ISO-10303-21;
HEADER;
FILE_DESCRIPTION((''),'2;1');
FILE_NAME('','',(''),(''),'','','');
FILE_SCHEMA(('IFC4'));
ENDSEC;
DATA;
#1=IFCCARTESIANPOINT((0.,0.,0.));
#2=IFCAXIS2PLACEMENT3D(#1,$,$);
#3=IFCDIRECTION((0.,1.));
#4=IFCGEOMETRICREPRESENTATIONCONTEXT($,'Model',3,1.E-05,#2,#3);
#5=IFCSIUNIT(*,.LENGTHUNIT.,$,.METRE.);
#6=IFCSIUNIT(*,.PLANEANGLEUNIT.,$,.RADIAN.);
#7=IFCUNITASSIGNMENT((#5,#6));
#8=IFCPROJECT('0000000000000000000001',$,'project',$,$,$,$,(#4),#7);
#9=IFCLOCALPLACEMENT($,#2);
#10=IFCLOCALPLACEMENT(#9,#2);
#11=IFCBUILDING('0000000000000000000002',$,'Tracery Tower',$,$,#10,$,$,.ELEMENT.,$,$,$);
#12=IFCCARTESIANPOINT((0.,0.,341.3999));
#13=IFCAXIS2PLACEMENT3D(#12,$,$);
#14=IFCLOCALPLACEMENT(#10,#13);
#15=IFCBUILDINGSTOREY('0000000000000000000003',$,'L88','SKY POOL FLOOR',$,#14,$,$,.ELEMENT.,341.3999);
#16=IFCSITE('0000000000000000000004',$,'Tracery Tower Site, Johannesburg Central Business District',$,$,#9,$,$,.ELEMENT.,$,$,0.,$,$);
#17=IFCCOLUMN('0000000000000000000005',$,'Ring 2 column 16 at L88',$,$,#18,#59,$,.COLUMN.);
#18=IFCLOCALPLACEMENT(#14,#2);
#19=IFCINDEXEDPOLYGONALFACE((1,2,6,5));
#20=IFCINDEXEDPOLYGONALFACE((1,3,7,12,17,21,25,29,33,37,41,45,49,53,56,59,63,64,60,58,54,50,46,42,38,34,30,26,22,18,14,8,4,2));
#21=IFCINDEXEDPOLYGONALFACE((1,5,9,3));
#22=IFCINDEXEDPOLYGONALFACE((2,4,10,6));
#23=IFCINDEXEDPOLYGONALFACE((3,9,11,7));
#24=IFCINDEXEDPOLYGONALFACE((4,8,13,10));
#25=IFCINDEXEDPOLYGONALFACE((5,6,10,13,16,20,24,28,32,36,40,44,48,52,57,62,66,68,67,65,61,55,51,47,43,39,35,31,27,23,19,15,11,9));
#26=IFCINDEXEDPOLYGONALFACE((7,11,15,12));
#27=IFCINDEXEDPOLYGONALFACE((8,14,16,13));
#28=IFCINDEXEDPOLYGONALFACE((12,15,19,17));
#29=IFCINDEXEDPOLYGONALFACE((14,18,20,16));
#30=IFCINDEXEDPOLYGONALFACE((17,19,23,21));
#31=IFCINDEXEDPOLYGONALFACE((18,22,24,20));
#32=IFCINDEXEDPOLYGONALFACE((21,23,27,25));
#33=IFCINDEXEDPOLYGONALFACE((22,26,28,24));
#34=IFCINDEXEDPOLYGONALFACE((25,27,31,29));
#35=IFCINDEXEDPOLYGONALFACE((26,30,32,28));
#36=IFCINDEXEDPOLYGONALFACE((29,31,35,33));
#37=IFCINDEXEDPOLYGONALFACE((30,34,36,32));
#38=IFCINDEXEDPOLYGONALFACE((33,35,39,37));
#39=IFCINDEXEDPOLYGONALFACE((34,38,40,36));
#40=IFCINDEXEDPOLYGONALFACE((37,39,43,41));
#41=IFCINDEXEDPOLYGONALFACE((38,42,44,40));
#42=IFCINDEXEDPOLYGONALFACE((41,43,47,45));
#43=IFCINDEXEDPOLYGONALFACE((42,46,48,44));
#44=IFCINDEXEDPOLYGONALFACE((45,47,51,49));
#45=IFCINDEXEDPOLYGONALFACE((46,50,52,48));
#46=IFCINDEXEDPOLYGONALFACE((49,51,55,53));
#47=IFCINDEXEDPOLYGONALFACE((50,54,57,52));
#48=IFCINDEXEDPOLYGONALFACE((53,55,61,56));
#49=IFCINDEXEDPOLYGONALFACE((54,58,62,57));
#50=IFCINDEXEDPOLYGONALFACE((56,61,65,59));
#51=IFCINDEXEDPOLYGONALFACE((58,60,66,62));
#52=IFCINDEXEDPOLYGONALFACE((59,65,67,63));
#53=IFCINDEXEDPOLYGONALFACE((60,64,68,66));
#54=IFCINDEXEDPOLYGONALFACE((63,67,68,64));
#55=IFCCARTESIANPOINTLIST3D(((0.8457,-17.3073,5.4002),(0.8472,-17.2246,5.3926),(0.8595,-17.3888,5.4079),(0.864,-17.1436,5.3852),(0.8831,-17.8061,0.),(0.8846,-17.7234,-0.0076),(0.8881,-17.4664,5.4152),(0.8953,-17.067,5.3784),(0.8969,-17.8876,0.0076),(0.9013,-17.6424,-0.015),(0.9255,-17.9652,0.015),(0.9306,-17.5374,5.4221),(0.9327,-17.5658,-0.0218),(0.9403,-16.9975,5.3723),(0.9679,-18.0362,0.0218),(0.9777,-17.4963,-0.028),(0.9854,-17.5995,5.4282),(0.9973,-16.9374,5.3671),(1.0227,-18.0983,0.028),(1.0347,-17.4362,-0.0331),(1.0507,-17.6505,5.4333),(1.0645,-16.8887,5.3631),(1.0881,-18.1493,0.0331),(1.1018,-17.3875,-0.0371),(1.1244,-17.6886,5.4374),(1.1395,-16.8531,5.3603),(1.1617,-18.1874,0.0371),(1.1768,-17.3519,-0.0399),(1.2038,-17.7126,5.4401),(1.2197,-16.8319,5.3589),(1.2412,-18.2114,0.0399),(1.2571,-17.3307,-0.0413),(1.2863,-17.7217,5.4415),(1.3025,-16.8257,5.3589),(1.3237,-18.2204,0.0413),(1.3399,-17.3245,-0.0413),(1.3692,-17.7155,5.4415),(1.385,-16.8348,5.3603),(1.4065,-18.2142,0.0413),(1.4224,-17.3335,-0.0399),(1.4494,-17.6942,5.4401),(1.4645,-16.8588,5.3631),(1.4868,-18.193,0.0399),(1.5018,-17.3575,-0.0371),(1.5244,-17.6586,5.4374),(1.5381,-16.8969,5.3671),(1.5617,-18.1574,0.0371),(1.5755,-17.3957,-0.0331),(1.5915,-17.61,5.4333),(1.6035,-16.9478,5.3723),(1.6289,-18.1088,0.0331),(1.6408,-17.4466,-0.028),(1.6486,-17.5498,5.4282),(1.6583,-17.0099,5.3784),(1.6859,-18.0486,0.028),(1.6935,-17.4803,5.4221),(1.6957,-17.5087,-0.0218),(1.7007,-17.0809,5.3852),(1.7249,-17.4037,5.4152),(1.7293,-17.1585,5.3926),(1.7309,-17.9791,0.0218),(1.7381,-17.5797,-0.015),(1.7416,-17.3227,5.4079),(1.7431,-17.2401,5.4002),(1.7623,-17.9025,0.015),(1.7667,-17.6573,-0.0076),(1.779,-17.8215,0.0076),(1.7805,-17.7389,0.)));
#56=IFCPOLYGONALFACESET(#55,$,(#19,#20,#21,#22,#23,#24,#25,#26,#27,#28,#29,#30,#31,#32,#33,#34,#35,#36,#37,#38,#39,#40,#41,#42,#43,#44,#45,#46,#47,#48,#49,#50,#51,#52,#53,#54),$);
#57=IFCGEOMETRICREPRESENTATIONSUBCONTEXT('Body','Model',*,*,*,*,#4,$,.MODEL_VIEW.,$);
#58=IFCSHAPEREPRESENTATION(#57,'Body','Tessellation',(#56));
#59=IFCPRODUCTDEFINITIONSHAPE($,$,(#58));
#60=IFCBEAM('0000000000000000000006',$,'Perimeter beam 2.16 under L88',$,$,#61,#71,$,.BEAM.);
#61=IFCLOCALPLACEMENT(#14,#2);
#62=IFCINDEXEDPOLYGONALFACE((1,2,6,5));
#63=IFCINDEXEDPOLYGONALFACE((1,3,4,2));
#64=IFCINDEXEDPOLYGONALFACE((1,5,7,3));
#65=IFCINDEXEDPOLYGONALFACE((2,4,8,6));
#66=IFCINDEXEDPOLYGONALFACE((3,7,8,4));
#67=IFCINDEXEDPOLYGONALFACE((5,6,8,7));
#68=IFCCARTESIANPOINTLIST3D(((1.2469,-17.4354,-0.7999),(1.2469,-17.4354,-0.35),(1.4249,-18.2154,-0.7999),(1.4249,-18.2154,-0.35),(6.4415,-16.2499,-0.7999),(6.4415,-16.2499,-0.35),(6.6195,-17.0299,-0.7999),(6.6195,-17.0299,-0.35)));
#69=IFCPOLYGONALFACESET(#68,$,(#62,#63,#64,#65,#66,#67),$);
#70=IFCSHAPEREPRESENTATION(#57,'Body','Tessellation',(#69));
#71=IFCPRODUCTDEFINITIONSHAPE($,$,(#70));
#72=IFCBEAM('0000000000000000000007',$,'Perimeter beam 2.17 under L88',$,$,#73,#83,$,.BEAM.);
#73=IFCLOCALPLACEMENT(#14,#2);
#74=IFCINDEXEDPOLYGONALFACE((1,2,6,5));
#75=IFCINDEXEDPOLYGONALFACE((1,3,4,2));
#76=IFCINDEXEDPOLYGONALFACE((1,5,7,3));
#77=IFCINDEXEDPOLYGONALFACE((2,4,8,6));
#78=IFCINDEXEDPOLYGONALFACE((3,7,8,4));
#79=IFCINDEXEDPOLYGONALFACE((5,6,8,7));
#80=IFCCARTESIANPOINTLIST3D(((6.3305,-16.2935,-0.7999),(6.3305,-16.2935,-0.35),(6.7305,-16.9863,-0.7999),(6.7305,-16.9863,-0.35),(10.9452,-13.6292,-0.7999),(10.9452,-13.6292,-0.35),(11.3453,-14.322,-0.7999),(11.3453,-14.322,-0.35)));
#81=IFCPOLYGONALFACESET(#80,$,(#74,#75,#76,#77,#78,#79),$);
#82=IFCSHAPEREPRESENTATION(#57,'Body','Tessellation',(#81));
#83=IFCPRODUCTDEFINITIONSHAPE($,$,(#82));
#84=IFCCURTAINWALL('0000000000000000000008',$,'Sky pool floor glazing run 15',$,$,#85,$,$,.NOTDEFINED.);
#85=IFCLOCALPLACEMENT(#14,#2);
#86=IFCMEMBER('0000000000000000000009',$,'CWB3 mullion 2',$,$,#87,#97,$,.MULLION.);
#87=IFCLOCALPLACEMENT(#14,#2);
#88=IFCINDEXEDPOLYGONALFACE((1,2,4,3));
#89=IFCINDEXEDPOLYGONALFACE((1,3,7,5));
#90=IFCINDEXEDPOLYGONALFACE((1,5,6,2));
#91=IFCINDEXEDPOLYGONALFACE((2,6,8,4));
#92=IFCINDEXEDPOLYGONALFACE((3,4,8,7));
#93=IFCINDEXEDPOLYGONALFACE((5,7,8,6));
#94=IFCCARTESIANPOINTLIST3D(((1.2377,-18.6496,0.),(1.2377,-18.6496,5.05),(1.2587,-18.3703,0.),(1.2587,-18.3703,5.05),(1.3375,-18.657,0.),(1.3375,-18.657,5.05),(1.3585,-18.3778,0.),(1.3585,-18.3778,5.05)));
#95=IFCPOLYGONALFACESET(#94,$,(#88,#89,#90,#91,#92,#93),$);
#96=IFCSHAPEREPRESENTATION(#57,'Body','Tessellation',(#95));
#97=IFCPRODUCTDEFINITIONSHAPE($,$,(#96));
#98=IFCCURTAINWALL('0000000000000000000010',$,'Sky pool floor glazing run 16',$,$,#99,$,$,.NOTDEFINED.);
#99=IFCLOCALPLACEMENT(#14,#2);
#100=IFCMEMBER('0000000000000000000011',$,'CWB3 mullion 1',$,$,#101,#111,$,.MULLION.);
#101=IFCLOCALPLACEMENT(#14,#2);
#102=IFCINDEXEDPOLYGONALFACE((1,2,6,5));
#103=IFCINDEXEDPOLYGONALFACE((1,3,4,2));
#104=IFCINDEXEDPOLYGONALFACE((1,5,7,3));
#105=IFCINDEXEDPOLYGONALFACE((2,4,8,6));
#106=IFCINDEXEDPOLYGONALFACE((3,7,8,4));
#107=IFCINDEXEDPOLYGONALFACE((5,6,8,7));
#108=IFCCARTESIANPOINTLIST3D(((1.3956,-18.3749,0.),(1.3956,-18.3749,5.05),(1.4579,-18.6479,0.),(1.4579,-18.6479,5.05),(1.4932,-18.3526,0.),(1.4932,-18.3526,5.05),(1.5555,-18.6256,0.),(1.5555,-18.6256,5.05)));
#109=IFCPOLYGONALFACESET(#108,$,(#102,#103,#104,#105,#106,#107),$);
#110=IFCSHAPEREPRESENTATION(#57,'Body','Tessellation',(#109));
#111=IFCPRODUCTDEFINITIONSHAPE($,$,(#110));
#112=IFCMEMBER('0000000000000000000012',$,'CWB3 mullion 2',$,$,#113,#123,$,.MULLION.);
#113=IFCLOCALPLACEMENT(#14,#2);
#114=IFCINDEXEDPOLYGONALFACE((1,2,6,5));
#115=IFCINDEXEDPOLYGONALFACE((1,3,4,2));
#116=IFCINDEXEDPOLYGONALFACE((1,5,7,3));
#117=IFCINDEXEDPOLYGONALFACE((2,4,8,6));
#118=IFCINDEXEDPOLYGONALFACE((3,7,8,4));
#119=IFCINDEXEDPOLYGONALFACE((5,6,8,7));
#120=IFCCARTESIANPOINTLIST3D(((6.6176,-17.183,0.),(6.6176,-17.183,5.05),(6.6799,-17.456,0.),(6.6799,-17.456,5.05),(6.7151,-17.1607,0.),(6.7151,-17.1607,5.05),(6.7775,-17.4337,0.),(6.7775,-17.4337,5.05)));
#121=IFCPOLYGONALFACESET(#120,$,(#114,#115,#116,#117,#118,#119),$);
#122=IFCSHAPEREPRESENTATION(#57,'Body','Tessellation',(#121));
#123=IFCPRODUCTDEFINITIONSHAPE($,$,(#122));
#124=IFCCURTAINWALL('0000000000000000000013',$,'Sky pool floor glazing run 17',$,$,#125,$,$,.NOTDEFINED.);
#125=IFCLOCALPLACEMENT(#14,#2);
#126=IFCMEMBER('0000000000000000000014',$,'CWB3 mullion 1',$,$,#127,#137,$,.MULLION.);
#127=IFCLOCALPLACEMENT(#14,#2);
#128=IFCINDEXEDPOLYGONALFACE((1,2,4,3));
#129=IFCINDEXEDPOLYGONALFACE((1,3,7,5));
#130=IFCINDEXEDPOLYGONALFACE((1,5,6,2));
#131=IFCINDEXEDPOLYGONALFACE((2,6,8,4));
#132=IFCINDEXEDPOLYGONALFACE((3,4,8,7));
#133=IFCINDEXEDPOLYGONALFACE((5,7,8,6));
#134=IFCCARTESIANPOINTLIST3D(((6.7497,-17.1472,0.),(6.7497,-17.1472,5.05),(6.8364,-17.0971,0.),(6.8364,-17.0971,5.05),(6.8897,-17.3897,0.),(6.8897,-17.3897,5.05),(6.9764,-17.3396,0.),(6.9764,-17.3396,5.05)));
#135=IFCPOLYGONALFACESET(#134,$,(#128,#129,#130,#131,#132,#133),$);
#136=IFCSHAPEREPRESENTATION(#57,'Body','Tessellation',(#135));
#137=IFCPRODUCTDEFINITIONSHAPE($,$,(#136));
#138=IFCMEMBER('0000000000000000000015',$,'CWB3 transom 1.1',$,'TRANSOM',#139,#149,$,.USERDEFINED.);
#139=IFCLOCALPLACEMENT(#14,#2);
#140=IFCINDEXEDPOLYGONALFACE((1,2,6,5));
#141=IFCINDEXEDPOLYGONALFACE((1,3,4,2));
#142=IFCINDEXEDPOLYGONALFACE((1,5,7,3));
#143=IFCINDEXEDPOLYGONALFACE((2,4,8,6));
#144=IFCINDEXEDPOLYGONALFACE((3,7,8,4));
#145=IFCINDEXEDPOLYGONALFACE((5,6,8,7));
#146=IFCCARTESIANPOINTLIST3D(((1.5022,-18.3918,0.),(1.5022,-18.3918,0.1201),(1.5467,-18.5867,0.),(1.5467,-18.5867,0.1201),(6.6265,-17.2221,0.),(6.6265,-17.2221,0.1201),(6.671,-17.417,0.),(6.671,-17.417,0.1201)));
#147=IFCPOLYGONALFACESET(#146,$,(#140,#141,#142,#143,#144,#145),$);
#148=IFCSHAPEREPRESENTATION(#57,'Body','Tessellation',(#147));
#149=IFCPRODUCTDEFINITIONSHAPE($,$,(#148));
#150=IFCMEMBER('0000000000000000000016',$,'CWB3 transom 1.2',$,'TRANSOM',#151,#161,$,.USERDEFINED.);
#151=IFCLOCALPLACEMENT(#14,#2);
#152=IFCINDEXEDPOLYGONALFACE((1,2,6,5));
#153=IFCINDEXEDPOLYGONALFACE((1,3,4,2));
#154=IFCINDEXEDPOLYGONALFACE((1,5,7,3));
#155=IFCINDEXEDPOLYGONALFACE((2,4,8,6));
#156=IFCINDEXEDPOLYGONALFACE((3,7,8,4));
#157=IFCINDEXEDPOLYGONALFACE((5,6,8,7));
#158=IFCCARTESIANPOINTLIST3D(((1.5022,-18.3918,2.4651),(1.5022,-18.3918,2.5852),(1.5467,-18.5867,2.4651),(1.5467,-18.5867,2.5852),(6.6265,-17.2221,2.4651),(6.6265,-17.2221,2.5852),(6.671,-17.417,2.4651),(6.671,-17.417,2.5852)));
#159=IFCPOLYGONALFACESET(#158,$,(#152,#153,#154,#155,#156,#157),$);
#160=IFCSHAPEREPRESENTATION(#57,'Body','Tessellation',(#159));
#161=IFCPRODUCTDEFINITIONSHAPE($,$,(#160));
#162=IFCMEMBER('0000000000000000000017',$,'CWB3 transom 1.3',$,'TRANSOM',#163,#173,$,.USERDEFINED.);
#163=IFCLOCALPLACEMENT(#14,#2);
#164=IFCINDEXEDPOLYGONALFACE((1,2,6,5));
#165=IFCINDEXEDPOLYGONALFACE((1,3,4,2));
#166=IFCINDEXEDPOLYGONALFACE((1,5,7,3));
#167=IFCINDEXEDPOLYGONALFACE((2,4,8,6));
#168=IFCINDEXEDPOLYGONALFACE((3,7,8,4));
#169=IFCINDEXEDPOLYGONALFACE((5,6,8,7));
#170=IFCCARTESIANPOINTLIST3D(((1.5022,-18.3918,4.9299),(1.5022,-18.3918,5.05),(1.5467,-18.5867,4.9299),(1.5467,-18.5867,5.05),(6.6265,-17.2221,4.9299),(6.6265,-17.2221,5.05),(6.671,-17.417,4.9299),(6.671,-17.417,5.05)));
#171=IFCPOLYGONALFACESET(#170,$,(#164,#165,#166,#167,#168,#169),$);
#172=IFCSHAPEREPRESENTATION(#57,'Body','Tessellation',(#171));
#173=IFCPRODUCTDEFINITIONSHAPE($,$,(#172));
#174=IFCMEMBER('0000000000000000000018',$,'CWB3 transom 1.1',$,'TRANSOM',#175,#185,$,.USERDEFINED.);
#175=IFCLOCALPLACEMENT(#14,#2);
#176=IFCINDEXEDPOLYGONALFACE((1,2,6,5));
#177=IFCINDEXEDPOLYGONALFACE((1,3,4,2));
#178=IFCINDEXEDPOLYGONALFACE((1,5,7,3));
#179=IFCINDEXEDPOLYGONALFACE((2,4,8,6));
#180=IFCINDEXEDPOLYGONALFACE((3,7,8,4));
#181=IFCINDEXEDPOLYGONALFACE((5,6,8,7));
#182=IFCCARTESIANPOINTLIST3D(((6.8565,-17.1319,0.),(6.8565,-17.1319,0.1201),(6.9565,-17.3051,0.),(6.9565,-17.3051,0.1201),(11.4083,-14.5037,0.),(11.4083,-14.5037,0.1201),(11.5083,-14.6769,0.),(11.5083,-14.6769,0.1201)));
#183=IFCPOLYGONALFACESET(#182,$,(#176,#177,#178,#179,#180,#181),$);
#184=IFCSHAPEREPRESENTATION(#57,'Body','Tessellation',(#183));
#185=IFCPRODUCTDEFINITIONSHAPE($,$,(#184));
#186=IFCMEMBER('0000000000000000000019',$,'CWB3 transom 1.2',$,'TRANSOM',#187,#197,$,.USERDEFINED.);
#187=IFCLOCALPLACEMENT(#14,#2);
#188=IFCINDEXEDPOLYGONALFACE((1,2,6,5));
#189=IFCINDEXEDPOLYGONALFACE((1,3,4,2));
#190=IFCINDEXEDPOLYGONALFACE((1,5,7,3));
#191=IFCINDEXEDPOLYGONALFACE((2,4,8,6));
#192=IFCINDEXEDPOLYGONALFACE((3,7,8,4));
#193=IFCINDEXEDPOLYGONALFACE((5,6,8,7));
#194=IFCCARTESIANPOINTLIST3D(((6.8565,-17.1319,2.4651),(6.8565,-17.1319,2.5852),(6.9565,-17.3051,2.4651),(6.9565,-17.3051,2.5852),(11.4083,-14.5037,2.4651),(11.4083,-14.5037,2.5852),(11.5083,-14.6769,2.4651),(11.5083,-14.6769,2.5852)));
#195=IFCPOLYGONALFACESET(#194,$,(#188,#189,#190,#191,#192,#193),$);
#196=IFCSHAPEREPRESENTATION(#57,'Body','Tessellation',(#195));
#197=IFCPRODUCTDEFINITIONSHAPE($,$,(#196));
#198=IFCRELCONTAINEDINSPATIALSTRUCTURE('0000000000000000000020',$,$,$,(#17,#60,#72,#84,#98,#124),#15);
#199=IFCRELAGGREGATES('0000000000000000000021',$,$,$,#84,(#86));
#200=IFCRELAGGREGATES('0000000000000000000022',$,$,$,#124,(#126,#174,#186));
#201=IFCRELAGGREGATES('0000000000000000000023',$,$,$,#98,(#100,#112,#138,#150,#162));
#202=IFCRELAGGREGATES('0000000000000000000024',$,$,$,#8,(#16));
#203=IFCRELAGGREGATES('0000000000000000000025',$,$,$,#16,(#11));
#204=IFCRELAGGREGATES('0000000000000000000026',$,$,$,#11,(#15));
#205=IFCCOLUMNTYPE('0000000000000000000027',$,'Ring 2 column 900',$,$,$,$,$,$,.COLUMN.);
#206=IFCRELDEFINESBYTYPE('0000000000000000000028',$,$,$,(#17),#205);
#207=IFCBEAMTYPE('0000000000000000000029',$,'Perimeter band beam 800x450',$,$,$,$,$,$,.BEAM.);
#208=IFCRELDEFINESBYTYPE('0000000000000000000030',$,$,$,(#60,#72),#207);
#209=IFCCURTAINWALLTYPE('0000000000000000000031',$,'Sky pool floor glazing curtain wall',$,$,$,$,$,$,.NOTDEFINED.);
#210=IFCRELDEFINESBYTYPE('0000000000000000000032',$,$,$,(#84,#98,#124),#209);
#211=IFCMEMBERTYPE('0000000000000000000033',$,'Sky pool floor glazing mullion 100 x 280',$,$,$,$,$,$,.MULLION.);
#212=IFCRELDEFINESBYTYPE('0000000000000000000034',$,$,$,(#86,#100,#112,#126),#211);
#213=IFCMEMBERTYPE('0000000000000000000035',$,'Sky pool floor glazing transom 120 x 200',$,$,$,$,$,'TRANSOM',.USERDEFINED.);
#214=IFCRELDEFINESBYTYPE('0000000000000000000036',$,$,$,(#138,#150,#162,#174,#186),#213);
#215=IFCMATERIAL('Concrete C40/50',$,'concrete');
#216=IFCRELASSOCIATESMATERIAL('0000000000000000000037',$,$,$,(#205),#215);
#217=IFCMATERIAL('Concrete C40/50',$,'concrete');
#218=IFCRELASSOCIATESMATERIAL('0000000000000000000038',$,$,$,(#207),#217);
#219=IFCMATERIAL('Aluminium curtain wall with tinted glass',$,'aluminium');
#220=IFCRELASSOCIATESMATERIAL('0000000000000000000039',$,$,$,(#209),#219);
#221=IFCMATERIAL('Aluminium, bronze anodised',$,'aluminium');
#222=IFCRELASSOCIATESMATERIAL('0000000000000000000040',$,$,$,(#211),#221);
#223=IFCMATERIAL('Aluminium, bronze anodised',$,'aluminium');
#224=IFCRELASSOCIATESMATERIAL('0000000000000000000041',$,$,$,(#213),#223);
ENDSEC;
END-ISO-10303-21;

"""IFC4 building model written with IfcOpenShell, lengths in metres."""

from ifc_helpers import new_model, si_unit, direction, frame, origin, origin_2d, place, context, subcontext, project, spatial, rectangle, circle, extrude, material, material_profile, profile_set, type_object, element, aggregate, save


model = new_model("IFC4")

# Units and contexts
model_context = context("Model", 3, precision=1e-05, world=origin(), true_north=direction((0.0, 1.0)))
body_context = subcontext(model_context, "Body", "Model", "MODEL_VIEW")
ifc_project = project(units=[si_unit("LENGTHUNIT", "METRE"), si_unit("PLANEANGLEUNIT", "RADIAN")], contexts=[model_context])

# Site, building, storey
site_placement = place(None, origin())
site = spatial("IfcSite", under=ifc_project, at=site_placement, Name="Tracery Tower Site, Johannesburg Central Business District", CompositionType="ELEMENT", RefElevation=0.0)
building_placement = place(site_placement, origin())
building = spatial("IfcBuilding", under=site, at=building_placement, Name="Tracery Tower", CompositionType="ELEMENT")
storey_placement = place(building_placement, frame((0.0, 0.0, 341.3999)))
storey = spatial("IfcBuildingStorey", under=building, at=storey_placement, Name="L88", Description="SKY POOL FLOOR", CompositionType="ELEMENT", Elevation=341.3999)

# Column
ifc_material_1 = material(Name="Concrete C40/50", Category="concrete")
ifc_material_profile_1 = material_profile(ifc_material_1, circle(Radius=0.45, at=origin_2d()), Name="RC D900")
ifc_profile_set_1 = profile_set([ifc_material_profile_1], Name="Concrete C40/50")
column_type = type_object("IfcColumnType", Name="Ring 2 column 900", PredefinedType="COLUMN", material=ifc_profile_set_1)
column_placement = place(storey_placement, frame((1.3318, -17.7725, 0.0), z_axis=(-0.006888, 0.09197, 0.995738), x_axis=(-0.997207, -0.074681, 0.0)))
element("IfcColumn", 1, at=column_placement, inside=storey, type_object=column_type, Name="Ring 2 column 16 at L88", PredefinedType="COLUMN", context=body_context, shape_type="SweptSolid", body=[
    extrude(circle(Radius=0.45, at=origin_2d()), origin(), (0.0, 0.0, 1.0), 5.4233),
])

# Beams
ifc_material_2 = material(Name="Concrete C40/50", Category="concrete")
ifc_material_profile_2 = material_profile(ifc_material_2, rectangle(XDim=0.8, YDim=0.45, at=origin_2d()), Name="RC 800x450")
ifc_profile_set_2 = profile_set([ifc_material_profile_2], Name="Concrete C40/50")
beam_type = type_object("IfcBeamType", Name="Perimeter band beam 800x450", PredefinedType="BEAM", material=ifc_profile_set_2)
beam_1_placement = place(storey_placement, frame((1.3359, -17.8254, -0.575), z_axis=(0.974931, 0.222506, 0.0), x_axis=(-0.222506, 0.974931, 0.0)))
element("IfcBeam", 2, at=beam_1_placement, inside=storey, type_object=beam_type, Name="Perimeter beam 2.16 under L88", PredefinedType="BEAM", context=body_context, shape_type="SweptSolid", body=[
    extrude(rectangle(XDim=0.8, YDim=0.45, at=origin_2d()), origin(), (0.0, 0.0, 1.0), 5.3281),
])
beam_2_placement = place(storey_placement, frame((6.5305, -16.6399, -0.575), z_axis=(0.866027, 0.499997, 0.0), x_axis=(-0.499997, 0.866027, 0.0)))
element("IfcBeam", 3, at=beam_2_placement, inside=storey, type_object=beam_type, Name="Perimeter beam 2.17 under L88", PredefinedType="BEAM", context=body_context, shape_type="SweptSolid", body=[
    extrude(rectangle(XDim=0.8, YDim=0.45, at=origin_2d()), origin(), (0.0, 0.0, 1.0), 5.3286),
])

# Curtain wall, member
ifc_material_3 = material(Name="Aluminium curtain wall with tinted glass", Category="aluminium")
curtain_wall_type = type_object("IfcCurtainWallType", Name="Sky pool floor glazing curtain wall", PredefinedType="NOTDEFINED", material=ifc_material_3)
curtain_wall_1_placement = place(storey_placement, origin())
curtain_wall_1 = element("IfcCurtainWall", 4, at=curtain_wall_1_placement, inside=storey, type_object=curtain_wall_type, Name="Sky pool floor glazing run 15", PredefinedType="NOTDEFINED")
ifc_material_4 = material(Name="Aluminium, bronze anodised", Category="aluminium")
ifc_material_profile_3 = material_profile(ifc_material_4, rectangle(XDim=0.28, YDim=0.1001, at=origin_2d()), Name="Sky pool floor glazing mullion 100 x 280")
ifc_profile_set_3 = profile_set([ifc_material_profile_3], Name="Aluminium, bronze anodised")
member_type_1 = type_object("IfcMemberType", Name="Sky pool floor glazing mullion 100 x 280", PredefinedType="MULLION", material=ifc_profile_set_3)
member_1_placement = place(storey_placement, frame((1.2981, -18.5137, 0.0), z_axis=(0.0, 0.0, 1.0), x_axis=(0.074743, 0.997203, 0.0)))
member_1 = element("IfcMember", 5, at=member_1_placement, type_object=member_type_1, Name="CWB3 mullion 2", PredefinedType="MULLION", context=body_context, shape_type="SweptSolid", body=[
    extrude(rectangle(XDim=0.28, YDim=0.1001, at=origin_2d()), origin(), (0.0, 0.0, 1.0), 5.05),
])
aggregate(curtain_wall_1, [member_1])

# Curtain wall, members
curtain_wall_2_placement = place(storey_placement, origin())
curtain_wall_2 = element("IfcCurtainWall", 6, at=curtain_wall_2_placement, inside=storey, type_object=curtain_wall_type, Name="Sky pool floor glazing run 16", PredefinedType="NOTDEFINED")
member_2_placement = place(storey_placement, frame((1.4756, -18.5002, 0.0), z_axis=(0.0, 0.0, 1.0), x_axis=(-0.222522, 0.974928, 0.0)))
member_2 = element("IfcMember", 7, at=member_2_placement, type_object=member_type_1, Name="CWB3 mullion 1", PredefinedType="MULLION", context=body_context, shape_type="SweptSolid", body=[
    extrude(rectangle(XDim=0.28, YDim=0.1001, at=origin_2d()), origin(), (0.0, 0.0, 1.0), 5.05),
])
member_3_placement = place(storey_placement, frame((6.6975, -17.3083, 0.0), z_axis=(0.0, 0.0, 1.0), x_axis=(-0.222522, 0.974928, 0.0)))
member_3 = element("IfcMember", 8, at=member_3_placement, type_object=member_type_1, Name="CWB3 mullion 2", PredefinedType="MULLION", context=body_context, shape_type="SweptSolid", body=[
    extrude(rectangle(XDim=0.28, YDim=0.1001, at=origin_2d()), origin(), (0.0, 0.0, 1.0), 5.05),
])

# Curtain wall, member
curtain_wall_3_placement = place(storey_placement, origin())
curtain_wall_3 = element("IfcCurtainWall", 9, at=curtain_wall_3_placement, inside=storey, type_object=curtain_wall_type, Name="Sky pool floor glazing run 17", PredefinedType="NOTDEFINED")
member_4_placement = place(storey_placement, frame((6.863, -17.2434, 0.0), z_axis=(0.0, 0.0, 1.0), x_axis=(-0.500009, 0.86602, 0.0)))
member_4 = element("IfcMember", 10, at=member_4_placement, type_object=member_type_1, Name="CWB3 mullion 1", PredefinedType="MULLION", context=body_context, shape_type="SweptSolid", body=[
    extrude(rectangle(XDim=0.28, YDim=0.1001, at=origin_2d()), origin(), (0.0, 0.0, 1.0), 5.05),
])

# Members
ifc_material_5 = material(Name="Aluminium, bronze anodised", Category="aluminium")
ifc_material_profile_4 = material_profile(ifc_material_5, rectangle(XDim=0.2, YDim=0.1201, at=origin_2d()), Name="Sky pool floor glazing transom 120 x 200")
ifc_profile_set_4 = profile_set([ifc_material_profile_4], Name="Aluminium, bronze anodised")
member_type_2 = type_object("IfcMemberType", Name="Sky pool floor glazing transom 120 x 200", ElementType="TRANSOM", PredefinedType="USERDEFINED", material=ifc_profile_set_4)
member_5_placement = place(storey_placement, frame((1.5244, -18.4893, 0.0601), z_axis=(0.974924, 0.222538, 0.0), x_axis=(-0.222538, 0.974924, 0.0)))
member_5 = element("IfcMember", 11, at=member_5_placement, type_object=member_type_2, Name="CWB3 transom 1.1", ObjectType="TRANSOM", PredefinedType="USERDEFINED", context=body_context, shape_type="SweptSolid", body=[
    extrude(rectangle(XDim=0.2, YDim=0.1201, at=origin_2d()), origin(), (0.0, 0.0, 1.0), 5.2561),
])
member_6_placement = place(storey_placement, frame((1.5244, -18.4893, 2.5251), z_axis=(0.974924, 0.222538, 0.0), x_axis=(-0.222538, 0.974924, 0.0)))
member_6 = element("IfcMember", 12, at=member_6_placement, type_object=member_type_2, Name="CWB3 transom 1.2", ObjectType="TRANSOM", PredefinedType="USERDEFINED", context=body_context, shape_type="SweptSolid", body=[
    extrude(rectangle(XDim=0.2, YDim=0.1201, at=origin_2d()), origin(), (0.0, 0.0, 1.0), 5.2561),
])
member_7_placement = place(storey_placement, frame((1.5244, -18.4893, 4.99), z_axis=(0.974924, 0.222538, 0.0), x_axis=(-0.222538, 0.974924, 0.0)))
member_7 = element("IfcMember", 13, at=member_7_placement, type_object=member_type_2, Name="CWB3 transom 1.3", ObjectType="TRANSOM", PredefinedType="USERDEFINED", context=body_context, shape_type="SweptSolid", body=[
    extrude(rectangle(XDim=0.2, YDim=0.1201, at=origin_2d()), origin(), (0.0, 0.0, 1.0), 5.2561),
])
member_8_placement = place(storey_placement, frame((6.9065, -17.2185, 0.0601), z_axis=(0.866008, 0.500031, 0.0), x_axis=(-0.500031, 0.866008, 0.0)))
member_8 = element("IfcMember", 14, at=member_8_placement, type_object=member_type_2, Name="CWB3 transom 1.1", ObjectType="TRANSOM", PredefinedType="USERDEFINED", context=body_context, shape_type="SweptSolid", body=[
    extrude(rectangle(XDim=0.2, YDim=0.1201, at=origin_2d()), origin(), (0.0, 0.0, 1.0), 5.2561),
])
member_9_placement = place(storey_placement, frame((6.9065, -17.2185, 2.5251), z_axis=(0.866008, 0.500031, 0.0), x_axis=(-0.500031, 0.866008, 0.0)))
member_9 = element("IfcMember", 15, at=member_9_placement, type_object=member_type_2, Name="CWB3 transom 1.2", ObjectType="TRANSOM", PredefinedType="USERDEFINED", context=body_context, shape_type="SweptSolid", body=[
    extrude(rectangle(XDim=0.2, YDim=0.1201, at=origin_2d()), origin(), (0.0, 0.0, 1.0), 5.2561),
])
aggregate(curtain_wall_3, [member_4, member_8, member_9])

aggregate(curtain_wall_2, [member_2, member_3, member_5, member_6, member_7])

save(model, "model.ifc")
